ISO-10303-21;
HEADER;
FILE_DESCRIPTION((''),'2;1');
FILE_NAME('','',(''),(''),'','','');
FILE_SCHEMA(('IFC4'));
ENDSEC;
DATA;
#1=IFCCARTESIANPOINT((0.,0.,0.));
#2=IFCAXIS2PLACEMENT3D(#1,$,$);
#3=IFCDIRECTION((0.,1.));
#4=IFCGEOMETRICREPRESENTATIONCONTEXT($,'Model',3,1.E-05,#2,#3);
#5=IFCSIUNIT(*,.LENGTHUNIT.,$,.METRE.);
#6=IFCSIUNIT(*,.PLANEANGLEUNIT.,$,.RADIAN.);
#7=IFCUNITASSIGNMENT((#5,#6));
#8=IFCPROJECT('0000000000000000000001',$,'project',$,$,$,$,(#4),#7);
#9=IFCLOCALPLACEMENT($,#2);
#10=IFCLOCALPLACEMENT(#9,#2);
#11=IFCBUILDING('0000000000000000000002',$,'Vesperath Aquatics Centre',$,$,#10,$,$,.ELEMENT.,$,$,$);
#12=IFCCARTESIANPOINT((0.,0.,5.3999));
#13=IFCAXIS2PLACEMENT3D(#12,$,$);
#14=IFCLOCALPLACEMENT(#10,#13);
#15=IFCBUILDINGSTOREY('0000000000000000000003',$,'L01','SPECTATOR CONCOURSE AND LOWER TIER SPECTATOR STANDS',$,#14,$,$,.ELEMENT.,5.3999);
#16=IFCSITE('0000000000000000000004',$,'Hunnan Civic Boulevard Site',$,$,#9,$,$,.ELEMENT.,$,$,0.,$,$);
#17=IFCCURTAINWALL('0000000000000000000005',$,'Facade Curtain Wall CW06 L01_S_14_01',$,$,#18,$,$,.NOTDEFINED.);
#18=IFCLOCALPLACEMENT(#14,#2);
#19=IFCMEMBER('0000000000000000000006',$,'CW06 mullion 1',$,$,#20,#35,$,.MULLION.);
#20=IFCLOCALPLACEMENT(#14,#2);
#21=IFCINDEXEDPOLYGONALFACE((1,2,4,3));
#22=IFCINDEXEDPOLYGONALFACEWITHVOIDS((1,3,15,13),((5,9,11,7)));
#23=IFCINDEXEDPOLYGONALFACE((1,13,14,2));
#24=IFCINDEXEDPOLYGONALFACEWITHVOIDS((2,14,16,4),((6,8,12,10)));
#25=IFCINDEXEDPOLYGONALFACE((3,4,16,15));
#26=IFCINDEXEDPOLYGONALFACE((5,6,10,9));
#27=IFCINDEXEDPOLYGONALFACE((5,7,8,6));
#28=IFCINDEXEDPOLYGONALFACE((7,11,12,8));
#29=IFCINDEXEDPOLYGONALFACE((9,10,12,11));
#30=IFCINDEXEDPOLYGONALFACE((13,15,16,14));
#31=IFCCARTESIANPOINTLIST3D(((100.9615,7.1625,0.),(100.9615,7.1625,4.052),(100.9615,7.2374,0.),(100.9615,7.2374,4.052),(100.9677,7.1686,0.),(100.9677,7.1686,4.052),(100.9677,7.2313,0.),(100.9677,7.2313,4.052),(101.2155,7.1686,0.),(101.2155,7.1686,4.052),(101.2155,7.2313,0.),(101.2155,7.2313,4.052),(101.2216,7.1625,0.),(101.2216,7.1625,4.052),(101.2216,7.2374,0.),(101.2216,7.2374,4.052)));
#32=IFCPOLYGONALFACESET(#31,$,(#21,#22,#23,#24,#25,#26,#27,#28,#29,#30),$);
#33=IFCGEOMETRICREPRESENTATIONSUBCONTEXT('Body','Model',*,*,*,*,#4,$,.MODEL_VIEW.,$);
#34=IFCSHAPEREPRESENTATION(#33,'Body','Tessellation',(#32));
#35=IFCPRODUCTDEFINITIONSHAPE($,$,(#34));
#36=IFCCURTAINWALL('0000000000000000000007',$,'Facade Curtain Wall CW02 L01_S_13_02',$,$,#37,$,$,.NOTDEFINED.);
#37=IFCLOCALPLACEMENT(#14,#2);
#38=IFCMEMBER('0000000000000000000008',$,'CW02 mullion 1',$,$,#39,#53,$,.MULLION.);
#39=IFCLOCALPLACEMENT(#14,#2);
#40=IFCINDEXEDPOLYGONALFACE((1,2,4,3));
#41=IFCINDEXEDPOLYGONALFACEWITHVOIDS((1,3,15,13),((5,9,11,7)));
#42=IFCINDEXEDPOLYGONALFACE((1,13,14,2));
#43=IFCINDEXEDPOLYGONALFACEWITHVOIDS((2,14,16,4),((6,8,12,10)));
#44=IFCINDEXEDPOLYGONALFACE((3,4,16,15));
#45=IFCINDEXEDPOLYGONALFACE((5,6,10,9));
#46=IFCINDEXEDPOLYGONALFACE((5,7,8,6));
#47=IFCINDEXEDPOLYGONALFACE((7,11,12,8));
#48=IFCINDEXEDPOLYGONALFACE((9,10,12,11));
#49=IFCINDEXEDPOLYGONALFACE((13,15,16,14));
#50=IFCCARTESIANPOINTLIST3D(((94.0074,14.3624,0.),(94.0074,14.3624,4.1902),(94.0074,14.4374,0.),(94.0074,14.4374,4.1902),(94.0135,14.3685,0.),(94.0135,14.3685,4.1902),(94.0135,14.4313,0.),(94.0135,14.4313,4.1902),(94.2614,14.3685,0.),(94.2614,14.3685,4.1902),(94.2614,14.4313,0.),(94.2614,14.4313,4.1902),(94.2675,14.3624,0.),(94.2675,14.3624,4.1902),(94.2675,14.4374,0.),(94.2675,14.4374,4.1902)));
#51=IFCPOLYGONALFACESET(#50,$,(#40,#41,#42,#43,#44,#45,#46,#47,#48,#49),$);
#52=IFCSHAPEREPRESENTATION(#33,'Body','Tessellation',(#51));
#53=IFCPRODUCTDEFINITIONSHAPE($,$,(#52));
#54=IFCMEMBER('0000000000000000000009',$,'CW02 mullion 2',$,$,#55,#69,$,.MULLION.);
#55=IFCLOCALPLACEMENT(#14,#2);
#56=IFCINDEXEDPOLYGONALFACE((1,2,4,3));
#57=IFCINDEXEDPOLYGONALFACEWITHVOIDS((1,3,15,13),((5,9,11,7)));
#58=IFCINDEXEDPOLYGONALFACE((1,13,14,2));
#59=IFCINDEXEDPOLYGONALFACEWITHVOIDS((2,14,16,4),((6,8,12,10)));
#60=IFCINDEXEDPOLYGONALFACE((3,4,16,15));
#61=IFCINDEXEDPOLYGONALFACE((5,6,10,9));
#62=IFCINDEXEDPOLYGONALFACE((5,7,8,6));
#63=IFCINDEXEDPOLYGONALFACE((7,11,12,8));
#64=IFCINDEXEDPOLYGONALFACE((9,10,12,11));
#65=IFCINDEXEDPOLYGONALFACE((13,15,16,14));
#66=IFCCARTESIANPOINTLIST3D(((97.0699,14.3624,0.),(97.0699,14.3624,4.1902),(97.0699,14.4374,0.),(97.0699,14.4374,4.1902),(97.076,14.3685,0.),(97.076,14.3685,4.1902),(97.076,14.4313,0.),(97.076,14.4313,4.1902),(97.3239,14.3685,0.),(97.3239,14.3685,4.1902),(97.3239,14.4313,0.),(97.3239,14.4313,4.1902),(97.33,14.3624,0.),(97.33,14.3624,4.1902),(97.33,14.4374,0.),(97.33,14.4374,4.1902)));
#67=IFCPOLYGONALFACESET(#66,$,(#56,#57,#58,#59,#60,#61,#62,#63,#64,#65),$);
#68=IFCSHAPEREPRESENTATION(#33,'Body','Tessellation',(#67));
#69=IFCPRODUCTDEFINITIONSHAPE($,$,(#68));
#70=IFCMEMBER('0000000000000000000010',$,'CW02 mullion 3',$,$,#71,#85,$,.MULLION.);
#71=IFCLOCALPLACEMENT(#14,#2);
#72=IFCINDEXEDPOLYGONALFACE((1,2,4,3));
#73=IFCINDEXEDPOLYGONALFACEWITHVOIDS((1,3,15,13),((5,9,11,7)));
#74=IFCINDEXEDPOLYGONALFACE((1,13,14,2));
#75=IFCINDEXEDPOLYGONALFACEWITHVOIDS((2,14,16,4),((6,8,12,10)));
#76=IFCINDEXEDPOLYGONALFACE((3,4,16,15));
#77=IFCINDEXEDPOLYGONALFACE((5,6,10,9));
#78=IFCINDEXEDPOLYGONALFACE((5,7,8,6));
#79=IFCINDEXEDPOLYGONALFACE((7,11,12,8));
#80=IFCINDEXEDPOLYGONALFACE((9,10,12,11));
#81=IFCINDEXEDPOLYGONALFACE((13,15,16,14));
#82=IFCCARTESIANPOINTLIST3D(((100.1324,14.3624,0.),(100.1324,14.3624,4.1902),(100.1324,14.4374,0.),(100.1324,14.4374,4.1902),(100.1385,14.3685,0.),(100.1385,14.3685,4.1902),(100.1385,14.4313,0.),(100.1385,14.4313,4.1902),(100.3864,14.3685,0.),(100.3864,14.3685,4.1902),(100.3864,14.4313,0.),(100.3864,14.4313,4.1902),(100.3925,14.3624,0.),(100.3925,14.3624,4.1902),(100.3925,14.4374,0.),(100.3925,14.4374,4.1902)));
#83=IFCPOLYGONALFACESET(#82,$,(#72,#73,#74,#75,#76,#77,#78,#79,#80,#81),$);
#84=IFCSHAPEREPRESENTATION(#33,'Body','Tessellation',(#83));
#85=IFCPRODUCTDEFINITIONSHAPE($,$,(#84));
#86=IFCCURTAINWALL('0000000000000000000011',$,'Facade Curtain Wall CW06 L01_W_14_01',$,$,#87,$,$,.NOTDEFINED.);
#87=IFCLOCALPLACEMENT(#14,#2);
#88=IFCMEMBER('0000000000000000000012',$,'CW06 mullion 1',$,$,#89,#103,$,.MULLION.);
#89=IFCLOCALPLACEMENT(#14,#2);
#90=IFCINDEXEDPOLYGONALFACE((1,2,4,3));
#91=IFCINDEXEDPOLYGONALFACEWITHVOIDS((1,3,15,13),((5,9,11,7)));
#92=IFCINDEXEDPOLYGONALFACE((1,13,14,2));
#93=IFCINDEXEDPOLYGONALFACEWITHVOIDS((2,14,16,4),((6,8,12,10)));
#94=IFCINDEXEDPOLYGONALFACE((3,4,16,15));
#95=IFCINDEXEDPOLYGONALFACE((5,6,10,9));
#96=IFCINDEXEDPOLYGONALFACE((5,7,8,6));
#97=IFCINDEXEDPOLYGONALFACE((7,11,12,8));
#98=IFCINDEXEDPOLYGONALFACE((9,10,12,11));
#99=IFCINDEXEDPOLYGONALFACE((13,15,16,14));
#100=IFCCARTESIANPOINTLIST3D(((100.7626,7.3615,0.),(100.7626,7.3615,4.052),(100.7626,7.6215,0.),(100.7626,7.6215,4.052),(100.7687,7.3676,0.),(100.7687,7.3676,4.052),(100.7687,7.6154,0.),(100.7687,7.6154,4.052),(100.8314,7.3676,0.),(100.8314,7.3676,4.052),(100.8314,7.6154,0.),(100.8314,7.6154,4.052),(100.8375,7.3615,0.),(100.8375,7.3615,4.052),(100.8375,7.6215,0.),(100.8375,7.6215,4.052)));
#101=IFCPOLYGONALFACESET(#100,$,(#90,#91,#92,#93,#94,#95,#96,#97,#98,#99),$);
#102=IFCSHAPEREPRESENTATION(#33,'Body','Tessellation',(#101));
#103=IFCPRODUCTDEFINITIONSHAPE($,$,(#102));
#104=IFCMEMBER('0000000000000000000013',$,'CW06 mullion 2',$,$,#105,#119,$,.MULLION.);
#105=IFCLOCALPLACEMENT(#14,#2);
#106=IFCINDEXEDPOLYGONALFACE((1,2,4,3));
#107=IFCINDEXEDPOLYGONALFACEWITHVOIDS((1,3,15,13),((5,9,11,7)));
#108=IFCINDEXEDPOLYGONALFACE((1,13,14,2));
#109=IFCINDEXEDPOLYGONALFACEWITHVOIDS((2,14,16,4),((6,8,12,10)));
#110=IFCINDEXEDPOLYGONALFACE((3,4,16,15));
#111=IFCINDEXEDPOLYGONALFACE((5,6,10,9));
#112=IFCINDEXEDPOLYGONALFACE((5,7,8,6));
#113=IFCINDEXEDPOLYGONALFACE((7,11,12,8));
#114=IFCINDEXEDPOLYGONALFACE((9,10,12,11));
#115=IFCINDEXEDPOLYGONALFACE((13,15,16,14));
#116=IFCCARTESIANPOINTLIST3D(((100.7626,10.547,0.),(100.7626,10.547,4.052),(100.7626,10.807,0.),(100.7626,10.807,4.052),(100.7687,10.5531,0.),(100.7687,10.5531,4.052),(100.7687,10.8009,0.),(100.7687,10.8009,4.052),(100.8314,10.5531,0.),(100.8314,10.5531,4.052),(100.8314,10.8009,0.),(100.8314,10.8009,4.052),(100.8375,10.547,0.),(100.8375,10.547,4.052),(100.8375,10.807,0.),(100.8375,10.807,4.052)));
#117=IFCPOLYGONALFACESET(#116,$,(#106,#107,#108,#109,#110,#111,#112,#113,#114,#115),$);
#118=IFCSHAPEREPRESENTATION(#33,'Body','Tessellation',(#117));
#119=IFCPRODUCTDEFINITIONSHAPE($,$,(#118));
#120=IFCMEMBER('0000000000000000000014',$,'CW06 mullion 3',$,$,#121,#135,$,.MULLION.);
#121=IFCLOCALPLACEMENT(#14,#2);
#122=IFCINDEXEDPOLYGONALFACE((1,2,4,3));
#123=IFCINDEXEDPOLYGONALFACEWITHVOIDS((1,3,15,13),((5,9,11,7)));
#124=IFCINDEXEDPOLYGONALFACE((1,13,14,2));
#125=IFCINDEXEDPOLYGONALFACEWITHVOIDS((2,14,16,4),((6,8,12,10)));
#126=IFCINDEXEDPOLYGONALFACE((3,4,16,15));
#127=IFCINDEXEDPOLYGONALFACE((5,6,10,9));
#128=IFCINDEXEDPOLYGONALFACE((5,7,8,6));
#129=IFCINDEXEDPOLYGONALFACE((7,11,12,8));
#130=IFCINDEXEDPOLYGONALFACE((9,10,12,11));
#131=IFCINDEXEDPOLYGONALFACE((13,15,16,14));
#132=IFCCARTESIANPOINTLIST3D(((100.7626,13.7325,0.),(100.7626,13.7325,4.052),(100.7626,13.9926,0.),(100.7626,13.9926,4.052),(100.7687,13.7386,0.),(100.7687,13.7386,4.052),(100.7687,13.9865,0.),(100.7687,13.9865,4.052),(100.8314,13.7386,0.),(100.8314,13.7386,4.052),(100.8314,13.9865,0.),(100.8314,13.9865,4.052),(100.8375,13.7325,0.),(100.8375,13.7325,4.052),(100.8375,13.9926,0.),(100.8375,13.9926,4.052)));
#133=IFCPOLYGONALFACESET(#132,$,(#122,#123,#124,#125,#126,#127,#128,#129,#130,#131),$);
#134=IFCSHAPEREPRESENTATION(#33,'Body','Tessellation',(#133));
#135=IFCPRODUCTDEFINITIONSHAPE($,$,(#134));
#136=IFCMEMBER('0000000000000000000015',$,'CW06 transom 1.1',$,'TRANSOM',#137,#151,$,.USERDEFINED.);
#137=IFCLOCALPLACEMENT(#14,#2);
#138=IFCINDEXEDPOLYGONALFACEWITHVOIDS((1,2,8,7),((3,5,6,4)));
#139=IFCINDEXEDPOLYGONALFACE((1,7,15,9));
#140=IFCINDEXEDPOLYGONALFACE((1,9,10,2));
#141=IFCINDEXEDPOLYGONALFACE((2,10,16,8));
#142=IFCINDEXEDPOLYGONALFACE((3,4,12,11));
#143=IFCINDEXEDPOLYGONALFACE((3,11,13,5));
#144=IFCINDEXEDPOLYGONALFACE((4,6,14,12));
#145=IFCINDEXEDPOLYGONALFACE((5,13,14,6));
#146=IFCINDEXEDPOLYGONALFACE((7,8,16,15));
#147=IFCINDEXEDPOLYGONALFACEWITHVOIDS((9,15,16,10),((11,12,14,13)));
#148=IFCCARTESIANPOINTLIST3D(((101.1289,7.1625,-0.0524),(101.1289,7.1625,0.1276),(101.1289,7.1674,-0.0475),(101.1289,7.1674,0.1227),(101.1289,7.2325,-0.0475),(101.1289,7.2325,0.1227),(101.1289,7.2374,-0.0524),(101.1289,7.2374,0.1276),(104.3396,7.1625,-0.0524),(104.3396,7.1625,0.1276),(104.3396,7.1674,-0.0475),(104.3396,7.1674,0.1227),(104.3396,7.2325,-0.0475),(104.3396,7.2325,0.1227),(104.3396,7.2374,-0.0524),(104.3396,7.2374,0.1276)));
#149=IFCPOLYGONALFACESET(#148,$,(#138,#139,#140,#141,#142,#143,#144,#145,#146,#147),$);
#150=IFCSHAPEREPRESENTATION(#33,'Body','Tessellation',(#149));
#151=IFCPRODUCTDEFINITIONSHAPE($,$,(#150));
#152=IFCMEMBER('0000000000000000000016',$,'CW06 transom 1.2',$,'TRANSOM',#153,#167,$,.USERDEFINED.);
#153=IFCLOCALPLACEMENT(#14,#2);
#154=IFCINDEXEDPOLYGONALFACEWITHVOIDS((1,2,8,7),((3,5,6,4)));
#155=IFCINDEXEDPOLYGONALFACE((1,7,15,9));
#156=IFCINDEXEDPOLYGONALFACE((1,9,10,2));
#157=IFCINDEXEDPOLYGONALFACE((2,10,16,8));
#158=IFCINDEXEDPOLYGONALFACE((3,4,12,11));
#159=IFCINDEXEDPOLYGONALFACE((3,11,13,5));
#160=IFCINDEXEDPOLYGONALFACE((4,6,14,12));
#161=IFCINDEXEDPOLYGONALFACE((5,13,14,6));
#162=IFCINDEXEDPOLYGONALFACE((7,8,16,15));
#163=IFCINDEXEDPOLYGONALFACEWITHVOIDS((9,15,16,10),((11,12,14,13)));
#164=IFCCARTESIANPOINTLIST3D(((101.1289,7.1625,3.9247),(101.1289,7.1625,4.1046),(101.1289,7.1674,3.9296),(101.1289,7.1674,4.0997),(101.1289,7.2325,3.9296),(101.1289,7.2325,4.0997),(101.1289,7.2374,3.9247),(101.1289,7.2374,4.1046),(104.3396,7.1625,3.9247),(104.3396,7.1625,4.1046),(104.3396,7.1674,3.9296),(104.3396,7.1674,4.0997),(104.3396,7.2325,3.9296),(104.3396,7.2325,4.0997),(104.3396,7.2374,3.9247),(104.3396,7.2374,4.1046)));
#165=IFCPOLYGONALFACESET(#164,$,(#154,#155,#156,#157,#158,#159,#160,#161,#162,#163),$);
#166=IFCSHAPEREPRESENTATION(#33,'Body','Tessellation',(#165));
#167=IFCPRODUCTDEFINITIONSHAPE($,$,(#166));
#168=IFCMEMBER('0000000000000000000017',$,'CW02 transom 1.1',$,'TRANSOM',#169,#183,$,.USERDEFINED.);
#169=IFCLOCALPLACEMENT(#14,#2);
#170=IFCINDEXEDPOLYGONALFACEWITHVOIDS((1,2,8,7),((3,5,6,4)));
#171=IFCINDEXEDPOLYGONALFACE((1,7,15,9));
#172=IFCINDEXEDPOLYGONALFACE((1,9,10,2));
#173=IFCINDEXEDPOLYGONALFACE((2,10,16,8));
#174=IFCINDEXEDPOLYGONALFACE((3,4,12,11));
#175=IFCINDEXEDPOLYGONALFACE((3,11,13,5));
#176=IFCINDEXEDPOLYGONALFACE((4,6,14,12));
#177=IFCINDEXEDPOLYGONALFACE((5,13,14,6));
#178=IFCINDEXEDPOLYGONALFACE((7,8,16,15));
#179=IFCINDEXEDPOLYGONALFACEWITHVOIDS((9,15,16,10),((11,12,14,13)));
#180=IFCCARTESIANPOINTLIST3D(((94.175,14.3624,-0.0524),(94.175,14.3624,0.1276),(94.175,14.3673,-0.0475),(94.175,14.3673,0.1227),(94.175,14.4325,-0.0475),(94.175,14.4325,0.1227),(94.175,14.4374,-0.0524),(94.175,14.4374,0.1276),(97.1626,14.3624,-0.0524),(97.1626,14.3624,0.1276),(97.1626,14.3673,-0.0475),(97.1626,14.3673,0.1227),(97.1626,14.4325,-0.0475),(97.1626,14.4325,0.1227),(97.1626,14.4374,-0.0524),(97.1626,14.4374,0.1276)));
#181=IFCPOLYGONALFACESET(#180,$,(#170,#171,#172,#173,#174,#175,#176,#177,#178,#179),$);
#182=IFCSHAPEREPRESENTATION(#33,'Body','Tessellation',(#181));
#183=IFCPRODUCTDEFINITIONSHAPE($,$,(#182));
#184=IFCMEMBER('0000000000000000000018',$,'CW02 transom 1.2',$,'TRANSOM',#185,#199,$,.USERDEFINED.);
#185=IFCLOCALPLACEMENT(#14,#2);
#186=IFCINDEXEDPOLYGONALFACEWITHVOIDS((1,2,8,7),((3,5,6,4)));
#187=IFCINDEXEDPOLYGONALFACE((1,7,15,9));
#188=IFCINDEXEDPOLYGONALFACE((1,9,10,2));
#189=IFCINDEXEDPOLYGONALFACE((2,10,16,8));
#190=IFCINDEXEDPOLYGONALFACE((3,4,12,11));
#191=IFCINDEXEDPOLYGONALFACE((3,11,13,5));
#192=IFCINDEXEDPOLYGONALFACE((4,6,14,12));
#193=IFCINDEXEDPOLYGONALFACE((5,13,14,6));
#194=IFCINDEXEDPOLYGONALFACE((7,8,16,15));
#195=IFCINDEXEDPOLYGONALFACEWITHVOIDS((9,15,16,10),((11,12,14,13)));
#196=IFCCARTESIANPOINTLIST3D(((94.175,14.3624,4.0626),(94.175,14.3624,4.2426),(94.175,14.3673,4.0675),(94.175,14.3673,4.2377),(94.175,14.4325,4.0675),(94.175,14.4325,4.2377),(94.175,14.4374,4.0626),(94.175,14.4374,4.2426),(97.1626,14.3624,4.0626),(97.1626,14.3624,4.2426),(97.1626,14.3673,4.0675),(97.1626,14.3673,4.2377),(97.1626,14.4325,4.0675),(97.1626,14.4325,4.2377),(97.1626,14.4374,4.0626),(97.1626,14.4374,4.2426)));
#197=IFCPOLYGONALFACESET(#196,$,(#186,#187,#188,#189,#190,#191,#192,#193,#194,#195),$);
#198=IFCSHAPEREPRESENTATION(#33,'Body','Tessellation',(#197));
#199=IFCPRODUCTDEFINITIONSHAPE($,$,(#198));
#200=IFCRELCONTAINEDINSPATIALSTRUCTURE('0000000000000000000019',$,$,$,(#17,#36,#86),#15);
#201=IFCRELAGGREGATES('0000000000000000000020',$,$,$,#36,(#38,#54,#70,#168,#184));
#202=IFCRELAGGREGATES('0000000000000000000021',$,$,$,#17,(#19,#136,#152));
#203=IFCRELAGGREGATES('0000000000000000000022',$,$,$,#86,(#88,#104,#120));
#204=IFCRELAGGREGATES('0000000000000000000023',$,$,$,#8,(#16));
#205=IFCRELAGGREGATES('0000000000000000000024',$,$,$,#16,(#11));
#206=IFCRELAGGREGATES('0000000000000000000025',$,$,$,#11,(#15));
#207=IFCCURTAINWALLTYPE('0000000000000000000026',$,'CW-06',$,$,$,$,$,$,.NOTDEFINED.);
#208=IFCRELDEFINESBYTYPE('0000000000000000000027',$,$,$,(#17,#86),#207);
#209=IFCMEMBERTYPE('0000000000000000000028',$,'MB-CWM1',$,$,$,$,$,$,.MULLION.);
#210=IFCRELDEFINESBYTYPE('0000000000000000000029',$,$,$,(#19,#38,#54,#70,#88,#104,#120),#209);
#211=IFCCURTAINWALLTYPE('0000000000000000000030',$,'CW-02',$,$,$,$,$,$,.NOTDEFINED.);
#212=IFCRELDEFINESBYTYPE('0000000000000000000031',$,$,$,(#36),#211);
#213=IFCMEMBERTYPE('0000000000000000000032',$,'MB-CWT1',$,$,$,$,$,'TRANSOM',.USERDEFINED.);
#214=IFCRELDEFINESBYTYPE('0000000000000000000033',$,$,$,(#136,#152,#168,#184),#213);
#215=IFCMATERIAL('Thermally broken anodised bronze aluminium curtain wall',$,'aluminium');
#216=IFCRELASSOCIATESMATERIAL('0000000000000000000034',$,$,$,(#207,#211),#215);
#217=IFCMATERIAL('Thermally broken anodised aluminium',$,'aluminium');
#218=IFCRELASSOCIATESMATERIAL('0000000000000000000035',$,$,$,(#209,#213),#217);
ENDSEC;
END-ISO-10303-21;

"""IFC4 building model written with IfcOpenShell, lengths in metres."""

from ifc_helpers import new_model, si_unit, direction, frame, origin, origin_2d, place, context, subcontext, project, spatial, hollow_rectangle, extrude, material, material_profile, profile_set, type_object, element, aggregate, save


model = new_model("IFC4")

# Units and contexts
model_context = context("Model", 3, precision=1e-05, world=origin(), true_north=direction((0.0, 1.0)))
body_context = subcontext(model_context, "Body", "Model", "MODEL_VIEW")
ifc_project = project(units=[si_unit("LENGTHUNIT", "METRE"), si_unit("PLANEANGLEUNIT", "RADIAN")], contexts=[model_context])

# Site, building, storey
site_placement = place(None, origin())
site = spatial("IfcSite", under=ifc_project, at=site_placement, Name="Hunnan Civic Boulevard Site", CompositionType="ELEMENT", RefElevation=0.0)
building_placement = place(site_placement, origin())
building = spatial("IfcBuilding", under=site, at=building_placement, Name="Vesperath Aquatics Centre", CompositionType="ELEMENT")
storey_placement = place(building_placement, frame((0.0, 0.0, 5.3999)))
storey = spatial("IfcBuildingStorey", under=building, at=storey_placement, Name="L01", Description="SPECTATOR CONCOURSE AND LOWER TIER SPECTATOR STANDS", CompositionType="ELEMENT", Elevation=5.3999)

# Curtain wall, member
ifc_material_1 = material(Name="Thermally broken anodised bronze aluminium curtain wall", Category="aluminium")
curtain_wall_type_1 = type_object("IfcCurtainWallType", Name="CW-06", PredefinedType="NOTDEFINED", material=ifc_material_1)
curtain_wall_1_placement = place(storey_placement, origin())
curtain_wall_1 = element("IfcCurtainWall", 1, at=curtain_wall_1_placement, inside=storey, type_object=curtain_wall_type_1, Name="Facade Curtain Wall CW06 L01_S_14_01", PredefinedType="NOTDEFINED")
ifc_material_2 = material(Name="Thermally broken anodised aluminium", Category="aluminium")
ifc_material_profile_1 = material_profile(ifc_material_2, hollow_rectangle(XDim=0.075, YDim=0.26, WallThickness=0.0061, at=origin_2d()), Name="CWM 75x260x6")
ifc_profile_set_1 = profile_set([ifc_material_profile_1], Name="Thermally broken anodised aluminium")
member_type_1 = type_object("IfcMemberType", Name="MB-CWM1", PredefinedType="MULLION", material=ifc_profile_set_1)
member_1_placement = place(storey_placement, frame((101.0916, 7.2, 0.0), z_axis=(0.0, 0.0, 1.0), x_axis=(0.0, 1.0, 0.0)))
member_1 = element("IfcMember", 2, at=member_1_placement, type_object=member_type_1, Name="CW06 mullion 1", PredefinedType="MULLION", context=body_context, shape_type="SweptSolid", body=[
    extrude(hollow_rectangle(XDim=0.075, YDim=0.26, WallThickness=0.0061, at=origin_2d()), origin(), (0.0, 0.0, 1.0), 4.052),
])

# Curtain walls, members
curtain_wall_type_2 = type_object("IfcCurtainWallType", Name="CW-02", PredefinedType="NOTDEFINED", material=ifc_material_1)
curtain_wall_2_placement = place(storey_placement, origin())
curtain_wall_2 = element("IfcCurtainWall", 3, at=curtain_wall_2_placement, inside=storey, type_object=curtain_wall_type_2, Name="Facade Curtain Wall CW02 L01_S_13_02", PredefinedType="NOTDEFINED")
member_2_placement = place(storey_placement, frame((94.1375, 14.3999, 0.0), z_axis=(0.0, 0.0, 1.0), x_axis=(0.0, 1.0, 0.0)))
member_2 = element("IfcMember", 4, at=member_2_placement, type_object=member_type_1, Name="CW02 mullion 1", PredefinedType="MULLION", context=body_context, shape_type="SweptSolid", body=[
    extrude(hollow_rectangle(XDim=0.075, YDim=0.26, WallThickness=0.0061, at=origin_2d()), origin(), (0.0, 0.0, 1.0), 4.1902),
])
member_3_placement = place(storey_placement, frame((97.2, 14.3999, 0.0), z_axis=(0.0, 0.0, 1.0), x_axis=(0.0, 1.0, 0.0)))
member_3 = element("IfcMember", 5, at=member_3_placement, type_object=member_type_1, Name="CW02 mullion 2", PredefinedType="MULLION", context=body_context, shape_type="SweptSolid", body=[
    extrude(hollow_rectangle(XDim=0.075, YDim=0.26, WallThickness=0.0061, at=origin_2d()), origin(), (0.0, 0.0, 1.0), 4.1902),
])
member_4_placement = place(storey_placement, frame((100.2625, 14.3999, 0.0), z_axis=(0.0, 0.0, 1.0), x_axis=(0.0, 1.0, 0.0)))
member_4 = element("IfcMember", 6, at=member_4_placement, type_object=member_type_1, Name="CW02 mullion 3", PredefinedType="MULLION", context=body_context, shape_type="SweptSolid", body=[
    extrude(hollow_rectangle(XDim=0.075, YDim=0.26, WallThickness=0.0061, at=origin_2d()), origin(), (0.0, 0.0, 1.0), 4.1902),
])
curtain_wall_3_placement = place(storey_placement, origin())
curtain_wall_3 = element("IfcCurtainWall", 7, at=curtain_wall_3_placement, inside=storey, type_object=curtain_wall_type_1, Name="Facade Curtain Wall CW06 L01_W_14_01", PredefinedType="NOTDEFINED")
member_5_placement = place(storey_placement, frame((100.8, 7.4915, 0.0), z_axis=(0.0, 0.0, 1.0), x_axis=(-1.0, 0.0, 0.0)))
member_5 = element("IfcMember", 8, at=member_5_placement, type_object=member_type_1, Name="CW06 mullion 1", PredefinedType="MULLION", context=body_context, shape_type="SweptSolid", body=[
    extrude(hollow_rectangle(XDim=0.075, YDim=0.26, WallThickness=0.0061, at=origin_2d()), origin(), (0.0, 0.0, 1.0), 4.052),
])
member_6_placement = place(storey_placement, frame((100.8, 10.677, 0.0), z_axis=(0.0, 0.0, 1.0), x_axis=(-1.0, 0.0, 0.0)))
member_6 = element("IfcMember", 9, at=member_6_placement, type_object=member_type_1, Name="CW06 mullion 2", PredefinedType="MULLION", context=body_context, shape_type="SweptSolid", body=[
    extrude(hollow_rectangle(XDim=0.075, YDim=0.26, WallThickness=0.0061, at=origin_2d()), origin(), (0.0, 0.0, 1.0), 4.052),
])
member_7_placement = place(storey_placement, frame((100.8, 13.8625, 0.0), z_axis=(0.0, 0.0, 1.0), x_axis=(-1.0, 0.0, 0.0)))
member_7 = element("IfcMember", 10, at=member_7_placement, type_object=member_type_1, Name="CW06 mullion 3", PredefinedType="MULLION", context=body_context, shape_type="SweptSolid", body=[
    extrude(hollow_rectangle(XDim=0.075, YDim=0.26, WallThickness=0.0061, at=origin_2d()), origin(), (0.0, 0.0, 1.0), 4.052),
])

# Members
ifc_material_profile_2 = material_profile(ifc_material_2, hollow_rectangle(XDim=0.075, YDim=0.1799, WallThickness=0.0049, at=origin_2d()), Name="CWT 75x180x5")
ifc_profile_set_2 = profile_set([ifc_material_profile_2], Name="Thermally broken anodised aluminium")
member_type_2 = type_object("IfcMemberType", Name="MB-CWT1", ElementType="TRANSOM", PredefinedType="USERDEFINED", material=ifc_profile_set_2)
member_8_placement = place(storey_placement, frame((101.1289, 7.2, 0.0376), z_axis=(1.0, 0.0, 0.0), x_axis=(0.0, 1.0, 0.0)))
member_8 = element("IfcMember", 11, at=member_8_placement, type_object=member_type_2, Name="CW06 transom 1.1", ObjectType="TRANSOM", PredefinedType="USERDEFINED", context=body_context, shape_type="SweptSolid", body=[
    extrude(hollow_rectangle(XDim=0.075, YDim=0.1799, WallThickness=0.0049, at=origin_2d()), origin(), (0.0, 0.0, 1.0), 3.2107),
])
member_9_placement = place(storey_placement, frame((101.1289, 7.2, 4.0146), z_axis=(1.0, 0.0, 0.0), x_axis=(0.0, 1.0, 0.0)))
member_9 = element("IfcMember", 12, at=member_9_placement, type_object=member_type_2, Name="CW06 transom 1.2", ObjectType="TRANSOM", PredefinedType="USERDEFINED", context=body_context, shape_type="SweptSolid", body=[
    extrude(hollow_rectangle(XDim=0.075, YDim=0.1799, WallThickness=0.0049, at=origin_2d()), origin(), (0.0, 0.0, 1.0), 3.2107),
])
member_10_placement = place(storey_placement, frame((94.175, 14.3999, 0.0376), z_axis=(1.0, 0.0, 0.0), x_axis=(0.0, 1.0, 0.0)))
member_10 = element("IfcMember", 13, at=member_10_placement, type_object=member_type_2, Name="CW02 transom 1.1", ObjectType="TRANSOM", PredefinedType="USERDEFINED", context=body_context, shape_type="SweptSolid", body=[
    extrude(hollow_rectangle(XDim=0.075, YDim=0.1799, WallThickness=0.0049, at=origin_2d()), origin(), (0.0, 0.0, 1.0), 2.9875),
])
member_11_placement = place(storey_placement, frame((94.175, 14.3999, 4.1526), z_axis=(1.0, 0.0, 0.0), x_axis=(0.0, 1.0, 0.0)))
member_11 = element("IfcMember", 14, at=member_11_placement, type_object=member_type_2, Name="CW02 transom 1.2", ObjectType="TRANSOM", PredefinedType="USERDEFINED", context=body_context, shape_type="SweptSolid", body=[
    extrude(hollow_rectangle(XDim=0.075, YDim=0.1799, WallThickness=0.0049, at=origin_2d()), origin(), (0.0, 0.0, 1.0), 2.9875),
])

aggregate(curtain_wall_2, [member_2, member_3, member_4, member_10, member_11])
aggregate(curtain_wall_1, [member_1, member_8, member_9])
aggregate(curtain_wall_3, [member_5, member_6, member_7])

save(model, "model.ifc")
